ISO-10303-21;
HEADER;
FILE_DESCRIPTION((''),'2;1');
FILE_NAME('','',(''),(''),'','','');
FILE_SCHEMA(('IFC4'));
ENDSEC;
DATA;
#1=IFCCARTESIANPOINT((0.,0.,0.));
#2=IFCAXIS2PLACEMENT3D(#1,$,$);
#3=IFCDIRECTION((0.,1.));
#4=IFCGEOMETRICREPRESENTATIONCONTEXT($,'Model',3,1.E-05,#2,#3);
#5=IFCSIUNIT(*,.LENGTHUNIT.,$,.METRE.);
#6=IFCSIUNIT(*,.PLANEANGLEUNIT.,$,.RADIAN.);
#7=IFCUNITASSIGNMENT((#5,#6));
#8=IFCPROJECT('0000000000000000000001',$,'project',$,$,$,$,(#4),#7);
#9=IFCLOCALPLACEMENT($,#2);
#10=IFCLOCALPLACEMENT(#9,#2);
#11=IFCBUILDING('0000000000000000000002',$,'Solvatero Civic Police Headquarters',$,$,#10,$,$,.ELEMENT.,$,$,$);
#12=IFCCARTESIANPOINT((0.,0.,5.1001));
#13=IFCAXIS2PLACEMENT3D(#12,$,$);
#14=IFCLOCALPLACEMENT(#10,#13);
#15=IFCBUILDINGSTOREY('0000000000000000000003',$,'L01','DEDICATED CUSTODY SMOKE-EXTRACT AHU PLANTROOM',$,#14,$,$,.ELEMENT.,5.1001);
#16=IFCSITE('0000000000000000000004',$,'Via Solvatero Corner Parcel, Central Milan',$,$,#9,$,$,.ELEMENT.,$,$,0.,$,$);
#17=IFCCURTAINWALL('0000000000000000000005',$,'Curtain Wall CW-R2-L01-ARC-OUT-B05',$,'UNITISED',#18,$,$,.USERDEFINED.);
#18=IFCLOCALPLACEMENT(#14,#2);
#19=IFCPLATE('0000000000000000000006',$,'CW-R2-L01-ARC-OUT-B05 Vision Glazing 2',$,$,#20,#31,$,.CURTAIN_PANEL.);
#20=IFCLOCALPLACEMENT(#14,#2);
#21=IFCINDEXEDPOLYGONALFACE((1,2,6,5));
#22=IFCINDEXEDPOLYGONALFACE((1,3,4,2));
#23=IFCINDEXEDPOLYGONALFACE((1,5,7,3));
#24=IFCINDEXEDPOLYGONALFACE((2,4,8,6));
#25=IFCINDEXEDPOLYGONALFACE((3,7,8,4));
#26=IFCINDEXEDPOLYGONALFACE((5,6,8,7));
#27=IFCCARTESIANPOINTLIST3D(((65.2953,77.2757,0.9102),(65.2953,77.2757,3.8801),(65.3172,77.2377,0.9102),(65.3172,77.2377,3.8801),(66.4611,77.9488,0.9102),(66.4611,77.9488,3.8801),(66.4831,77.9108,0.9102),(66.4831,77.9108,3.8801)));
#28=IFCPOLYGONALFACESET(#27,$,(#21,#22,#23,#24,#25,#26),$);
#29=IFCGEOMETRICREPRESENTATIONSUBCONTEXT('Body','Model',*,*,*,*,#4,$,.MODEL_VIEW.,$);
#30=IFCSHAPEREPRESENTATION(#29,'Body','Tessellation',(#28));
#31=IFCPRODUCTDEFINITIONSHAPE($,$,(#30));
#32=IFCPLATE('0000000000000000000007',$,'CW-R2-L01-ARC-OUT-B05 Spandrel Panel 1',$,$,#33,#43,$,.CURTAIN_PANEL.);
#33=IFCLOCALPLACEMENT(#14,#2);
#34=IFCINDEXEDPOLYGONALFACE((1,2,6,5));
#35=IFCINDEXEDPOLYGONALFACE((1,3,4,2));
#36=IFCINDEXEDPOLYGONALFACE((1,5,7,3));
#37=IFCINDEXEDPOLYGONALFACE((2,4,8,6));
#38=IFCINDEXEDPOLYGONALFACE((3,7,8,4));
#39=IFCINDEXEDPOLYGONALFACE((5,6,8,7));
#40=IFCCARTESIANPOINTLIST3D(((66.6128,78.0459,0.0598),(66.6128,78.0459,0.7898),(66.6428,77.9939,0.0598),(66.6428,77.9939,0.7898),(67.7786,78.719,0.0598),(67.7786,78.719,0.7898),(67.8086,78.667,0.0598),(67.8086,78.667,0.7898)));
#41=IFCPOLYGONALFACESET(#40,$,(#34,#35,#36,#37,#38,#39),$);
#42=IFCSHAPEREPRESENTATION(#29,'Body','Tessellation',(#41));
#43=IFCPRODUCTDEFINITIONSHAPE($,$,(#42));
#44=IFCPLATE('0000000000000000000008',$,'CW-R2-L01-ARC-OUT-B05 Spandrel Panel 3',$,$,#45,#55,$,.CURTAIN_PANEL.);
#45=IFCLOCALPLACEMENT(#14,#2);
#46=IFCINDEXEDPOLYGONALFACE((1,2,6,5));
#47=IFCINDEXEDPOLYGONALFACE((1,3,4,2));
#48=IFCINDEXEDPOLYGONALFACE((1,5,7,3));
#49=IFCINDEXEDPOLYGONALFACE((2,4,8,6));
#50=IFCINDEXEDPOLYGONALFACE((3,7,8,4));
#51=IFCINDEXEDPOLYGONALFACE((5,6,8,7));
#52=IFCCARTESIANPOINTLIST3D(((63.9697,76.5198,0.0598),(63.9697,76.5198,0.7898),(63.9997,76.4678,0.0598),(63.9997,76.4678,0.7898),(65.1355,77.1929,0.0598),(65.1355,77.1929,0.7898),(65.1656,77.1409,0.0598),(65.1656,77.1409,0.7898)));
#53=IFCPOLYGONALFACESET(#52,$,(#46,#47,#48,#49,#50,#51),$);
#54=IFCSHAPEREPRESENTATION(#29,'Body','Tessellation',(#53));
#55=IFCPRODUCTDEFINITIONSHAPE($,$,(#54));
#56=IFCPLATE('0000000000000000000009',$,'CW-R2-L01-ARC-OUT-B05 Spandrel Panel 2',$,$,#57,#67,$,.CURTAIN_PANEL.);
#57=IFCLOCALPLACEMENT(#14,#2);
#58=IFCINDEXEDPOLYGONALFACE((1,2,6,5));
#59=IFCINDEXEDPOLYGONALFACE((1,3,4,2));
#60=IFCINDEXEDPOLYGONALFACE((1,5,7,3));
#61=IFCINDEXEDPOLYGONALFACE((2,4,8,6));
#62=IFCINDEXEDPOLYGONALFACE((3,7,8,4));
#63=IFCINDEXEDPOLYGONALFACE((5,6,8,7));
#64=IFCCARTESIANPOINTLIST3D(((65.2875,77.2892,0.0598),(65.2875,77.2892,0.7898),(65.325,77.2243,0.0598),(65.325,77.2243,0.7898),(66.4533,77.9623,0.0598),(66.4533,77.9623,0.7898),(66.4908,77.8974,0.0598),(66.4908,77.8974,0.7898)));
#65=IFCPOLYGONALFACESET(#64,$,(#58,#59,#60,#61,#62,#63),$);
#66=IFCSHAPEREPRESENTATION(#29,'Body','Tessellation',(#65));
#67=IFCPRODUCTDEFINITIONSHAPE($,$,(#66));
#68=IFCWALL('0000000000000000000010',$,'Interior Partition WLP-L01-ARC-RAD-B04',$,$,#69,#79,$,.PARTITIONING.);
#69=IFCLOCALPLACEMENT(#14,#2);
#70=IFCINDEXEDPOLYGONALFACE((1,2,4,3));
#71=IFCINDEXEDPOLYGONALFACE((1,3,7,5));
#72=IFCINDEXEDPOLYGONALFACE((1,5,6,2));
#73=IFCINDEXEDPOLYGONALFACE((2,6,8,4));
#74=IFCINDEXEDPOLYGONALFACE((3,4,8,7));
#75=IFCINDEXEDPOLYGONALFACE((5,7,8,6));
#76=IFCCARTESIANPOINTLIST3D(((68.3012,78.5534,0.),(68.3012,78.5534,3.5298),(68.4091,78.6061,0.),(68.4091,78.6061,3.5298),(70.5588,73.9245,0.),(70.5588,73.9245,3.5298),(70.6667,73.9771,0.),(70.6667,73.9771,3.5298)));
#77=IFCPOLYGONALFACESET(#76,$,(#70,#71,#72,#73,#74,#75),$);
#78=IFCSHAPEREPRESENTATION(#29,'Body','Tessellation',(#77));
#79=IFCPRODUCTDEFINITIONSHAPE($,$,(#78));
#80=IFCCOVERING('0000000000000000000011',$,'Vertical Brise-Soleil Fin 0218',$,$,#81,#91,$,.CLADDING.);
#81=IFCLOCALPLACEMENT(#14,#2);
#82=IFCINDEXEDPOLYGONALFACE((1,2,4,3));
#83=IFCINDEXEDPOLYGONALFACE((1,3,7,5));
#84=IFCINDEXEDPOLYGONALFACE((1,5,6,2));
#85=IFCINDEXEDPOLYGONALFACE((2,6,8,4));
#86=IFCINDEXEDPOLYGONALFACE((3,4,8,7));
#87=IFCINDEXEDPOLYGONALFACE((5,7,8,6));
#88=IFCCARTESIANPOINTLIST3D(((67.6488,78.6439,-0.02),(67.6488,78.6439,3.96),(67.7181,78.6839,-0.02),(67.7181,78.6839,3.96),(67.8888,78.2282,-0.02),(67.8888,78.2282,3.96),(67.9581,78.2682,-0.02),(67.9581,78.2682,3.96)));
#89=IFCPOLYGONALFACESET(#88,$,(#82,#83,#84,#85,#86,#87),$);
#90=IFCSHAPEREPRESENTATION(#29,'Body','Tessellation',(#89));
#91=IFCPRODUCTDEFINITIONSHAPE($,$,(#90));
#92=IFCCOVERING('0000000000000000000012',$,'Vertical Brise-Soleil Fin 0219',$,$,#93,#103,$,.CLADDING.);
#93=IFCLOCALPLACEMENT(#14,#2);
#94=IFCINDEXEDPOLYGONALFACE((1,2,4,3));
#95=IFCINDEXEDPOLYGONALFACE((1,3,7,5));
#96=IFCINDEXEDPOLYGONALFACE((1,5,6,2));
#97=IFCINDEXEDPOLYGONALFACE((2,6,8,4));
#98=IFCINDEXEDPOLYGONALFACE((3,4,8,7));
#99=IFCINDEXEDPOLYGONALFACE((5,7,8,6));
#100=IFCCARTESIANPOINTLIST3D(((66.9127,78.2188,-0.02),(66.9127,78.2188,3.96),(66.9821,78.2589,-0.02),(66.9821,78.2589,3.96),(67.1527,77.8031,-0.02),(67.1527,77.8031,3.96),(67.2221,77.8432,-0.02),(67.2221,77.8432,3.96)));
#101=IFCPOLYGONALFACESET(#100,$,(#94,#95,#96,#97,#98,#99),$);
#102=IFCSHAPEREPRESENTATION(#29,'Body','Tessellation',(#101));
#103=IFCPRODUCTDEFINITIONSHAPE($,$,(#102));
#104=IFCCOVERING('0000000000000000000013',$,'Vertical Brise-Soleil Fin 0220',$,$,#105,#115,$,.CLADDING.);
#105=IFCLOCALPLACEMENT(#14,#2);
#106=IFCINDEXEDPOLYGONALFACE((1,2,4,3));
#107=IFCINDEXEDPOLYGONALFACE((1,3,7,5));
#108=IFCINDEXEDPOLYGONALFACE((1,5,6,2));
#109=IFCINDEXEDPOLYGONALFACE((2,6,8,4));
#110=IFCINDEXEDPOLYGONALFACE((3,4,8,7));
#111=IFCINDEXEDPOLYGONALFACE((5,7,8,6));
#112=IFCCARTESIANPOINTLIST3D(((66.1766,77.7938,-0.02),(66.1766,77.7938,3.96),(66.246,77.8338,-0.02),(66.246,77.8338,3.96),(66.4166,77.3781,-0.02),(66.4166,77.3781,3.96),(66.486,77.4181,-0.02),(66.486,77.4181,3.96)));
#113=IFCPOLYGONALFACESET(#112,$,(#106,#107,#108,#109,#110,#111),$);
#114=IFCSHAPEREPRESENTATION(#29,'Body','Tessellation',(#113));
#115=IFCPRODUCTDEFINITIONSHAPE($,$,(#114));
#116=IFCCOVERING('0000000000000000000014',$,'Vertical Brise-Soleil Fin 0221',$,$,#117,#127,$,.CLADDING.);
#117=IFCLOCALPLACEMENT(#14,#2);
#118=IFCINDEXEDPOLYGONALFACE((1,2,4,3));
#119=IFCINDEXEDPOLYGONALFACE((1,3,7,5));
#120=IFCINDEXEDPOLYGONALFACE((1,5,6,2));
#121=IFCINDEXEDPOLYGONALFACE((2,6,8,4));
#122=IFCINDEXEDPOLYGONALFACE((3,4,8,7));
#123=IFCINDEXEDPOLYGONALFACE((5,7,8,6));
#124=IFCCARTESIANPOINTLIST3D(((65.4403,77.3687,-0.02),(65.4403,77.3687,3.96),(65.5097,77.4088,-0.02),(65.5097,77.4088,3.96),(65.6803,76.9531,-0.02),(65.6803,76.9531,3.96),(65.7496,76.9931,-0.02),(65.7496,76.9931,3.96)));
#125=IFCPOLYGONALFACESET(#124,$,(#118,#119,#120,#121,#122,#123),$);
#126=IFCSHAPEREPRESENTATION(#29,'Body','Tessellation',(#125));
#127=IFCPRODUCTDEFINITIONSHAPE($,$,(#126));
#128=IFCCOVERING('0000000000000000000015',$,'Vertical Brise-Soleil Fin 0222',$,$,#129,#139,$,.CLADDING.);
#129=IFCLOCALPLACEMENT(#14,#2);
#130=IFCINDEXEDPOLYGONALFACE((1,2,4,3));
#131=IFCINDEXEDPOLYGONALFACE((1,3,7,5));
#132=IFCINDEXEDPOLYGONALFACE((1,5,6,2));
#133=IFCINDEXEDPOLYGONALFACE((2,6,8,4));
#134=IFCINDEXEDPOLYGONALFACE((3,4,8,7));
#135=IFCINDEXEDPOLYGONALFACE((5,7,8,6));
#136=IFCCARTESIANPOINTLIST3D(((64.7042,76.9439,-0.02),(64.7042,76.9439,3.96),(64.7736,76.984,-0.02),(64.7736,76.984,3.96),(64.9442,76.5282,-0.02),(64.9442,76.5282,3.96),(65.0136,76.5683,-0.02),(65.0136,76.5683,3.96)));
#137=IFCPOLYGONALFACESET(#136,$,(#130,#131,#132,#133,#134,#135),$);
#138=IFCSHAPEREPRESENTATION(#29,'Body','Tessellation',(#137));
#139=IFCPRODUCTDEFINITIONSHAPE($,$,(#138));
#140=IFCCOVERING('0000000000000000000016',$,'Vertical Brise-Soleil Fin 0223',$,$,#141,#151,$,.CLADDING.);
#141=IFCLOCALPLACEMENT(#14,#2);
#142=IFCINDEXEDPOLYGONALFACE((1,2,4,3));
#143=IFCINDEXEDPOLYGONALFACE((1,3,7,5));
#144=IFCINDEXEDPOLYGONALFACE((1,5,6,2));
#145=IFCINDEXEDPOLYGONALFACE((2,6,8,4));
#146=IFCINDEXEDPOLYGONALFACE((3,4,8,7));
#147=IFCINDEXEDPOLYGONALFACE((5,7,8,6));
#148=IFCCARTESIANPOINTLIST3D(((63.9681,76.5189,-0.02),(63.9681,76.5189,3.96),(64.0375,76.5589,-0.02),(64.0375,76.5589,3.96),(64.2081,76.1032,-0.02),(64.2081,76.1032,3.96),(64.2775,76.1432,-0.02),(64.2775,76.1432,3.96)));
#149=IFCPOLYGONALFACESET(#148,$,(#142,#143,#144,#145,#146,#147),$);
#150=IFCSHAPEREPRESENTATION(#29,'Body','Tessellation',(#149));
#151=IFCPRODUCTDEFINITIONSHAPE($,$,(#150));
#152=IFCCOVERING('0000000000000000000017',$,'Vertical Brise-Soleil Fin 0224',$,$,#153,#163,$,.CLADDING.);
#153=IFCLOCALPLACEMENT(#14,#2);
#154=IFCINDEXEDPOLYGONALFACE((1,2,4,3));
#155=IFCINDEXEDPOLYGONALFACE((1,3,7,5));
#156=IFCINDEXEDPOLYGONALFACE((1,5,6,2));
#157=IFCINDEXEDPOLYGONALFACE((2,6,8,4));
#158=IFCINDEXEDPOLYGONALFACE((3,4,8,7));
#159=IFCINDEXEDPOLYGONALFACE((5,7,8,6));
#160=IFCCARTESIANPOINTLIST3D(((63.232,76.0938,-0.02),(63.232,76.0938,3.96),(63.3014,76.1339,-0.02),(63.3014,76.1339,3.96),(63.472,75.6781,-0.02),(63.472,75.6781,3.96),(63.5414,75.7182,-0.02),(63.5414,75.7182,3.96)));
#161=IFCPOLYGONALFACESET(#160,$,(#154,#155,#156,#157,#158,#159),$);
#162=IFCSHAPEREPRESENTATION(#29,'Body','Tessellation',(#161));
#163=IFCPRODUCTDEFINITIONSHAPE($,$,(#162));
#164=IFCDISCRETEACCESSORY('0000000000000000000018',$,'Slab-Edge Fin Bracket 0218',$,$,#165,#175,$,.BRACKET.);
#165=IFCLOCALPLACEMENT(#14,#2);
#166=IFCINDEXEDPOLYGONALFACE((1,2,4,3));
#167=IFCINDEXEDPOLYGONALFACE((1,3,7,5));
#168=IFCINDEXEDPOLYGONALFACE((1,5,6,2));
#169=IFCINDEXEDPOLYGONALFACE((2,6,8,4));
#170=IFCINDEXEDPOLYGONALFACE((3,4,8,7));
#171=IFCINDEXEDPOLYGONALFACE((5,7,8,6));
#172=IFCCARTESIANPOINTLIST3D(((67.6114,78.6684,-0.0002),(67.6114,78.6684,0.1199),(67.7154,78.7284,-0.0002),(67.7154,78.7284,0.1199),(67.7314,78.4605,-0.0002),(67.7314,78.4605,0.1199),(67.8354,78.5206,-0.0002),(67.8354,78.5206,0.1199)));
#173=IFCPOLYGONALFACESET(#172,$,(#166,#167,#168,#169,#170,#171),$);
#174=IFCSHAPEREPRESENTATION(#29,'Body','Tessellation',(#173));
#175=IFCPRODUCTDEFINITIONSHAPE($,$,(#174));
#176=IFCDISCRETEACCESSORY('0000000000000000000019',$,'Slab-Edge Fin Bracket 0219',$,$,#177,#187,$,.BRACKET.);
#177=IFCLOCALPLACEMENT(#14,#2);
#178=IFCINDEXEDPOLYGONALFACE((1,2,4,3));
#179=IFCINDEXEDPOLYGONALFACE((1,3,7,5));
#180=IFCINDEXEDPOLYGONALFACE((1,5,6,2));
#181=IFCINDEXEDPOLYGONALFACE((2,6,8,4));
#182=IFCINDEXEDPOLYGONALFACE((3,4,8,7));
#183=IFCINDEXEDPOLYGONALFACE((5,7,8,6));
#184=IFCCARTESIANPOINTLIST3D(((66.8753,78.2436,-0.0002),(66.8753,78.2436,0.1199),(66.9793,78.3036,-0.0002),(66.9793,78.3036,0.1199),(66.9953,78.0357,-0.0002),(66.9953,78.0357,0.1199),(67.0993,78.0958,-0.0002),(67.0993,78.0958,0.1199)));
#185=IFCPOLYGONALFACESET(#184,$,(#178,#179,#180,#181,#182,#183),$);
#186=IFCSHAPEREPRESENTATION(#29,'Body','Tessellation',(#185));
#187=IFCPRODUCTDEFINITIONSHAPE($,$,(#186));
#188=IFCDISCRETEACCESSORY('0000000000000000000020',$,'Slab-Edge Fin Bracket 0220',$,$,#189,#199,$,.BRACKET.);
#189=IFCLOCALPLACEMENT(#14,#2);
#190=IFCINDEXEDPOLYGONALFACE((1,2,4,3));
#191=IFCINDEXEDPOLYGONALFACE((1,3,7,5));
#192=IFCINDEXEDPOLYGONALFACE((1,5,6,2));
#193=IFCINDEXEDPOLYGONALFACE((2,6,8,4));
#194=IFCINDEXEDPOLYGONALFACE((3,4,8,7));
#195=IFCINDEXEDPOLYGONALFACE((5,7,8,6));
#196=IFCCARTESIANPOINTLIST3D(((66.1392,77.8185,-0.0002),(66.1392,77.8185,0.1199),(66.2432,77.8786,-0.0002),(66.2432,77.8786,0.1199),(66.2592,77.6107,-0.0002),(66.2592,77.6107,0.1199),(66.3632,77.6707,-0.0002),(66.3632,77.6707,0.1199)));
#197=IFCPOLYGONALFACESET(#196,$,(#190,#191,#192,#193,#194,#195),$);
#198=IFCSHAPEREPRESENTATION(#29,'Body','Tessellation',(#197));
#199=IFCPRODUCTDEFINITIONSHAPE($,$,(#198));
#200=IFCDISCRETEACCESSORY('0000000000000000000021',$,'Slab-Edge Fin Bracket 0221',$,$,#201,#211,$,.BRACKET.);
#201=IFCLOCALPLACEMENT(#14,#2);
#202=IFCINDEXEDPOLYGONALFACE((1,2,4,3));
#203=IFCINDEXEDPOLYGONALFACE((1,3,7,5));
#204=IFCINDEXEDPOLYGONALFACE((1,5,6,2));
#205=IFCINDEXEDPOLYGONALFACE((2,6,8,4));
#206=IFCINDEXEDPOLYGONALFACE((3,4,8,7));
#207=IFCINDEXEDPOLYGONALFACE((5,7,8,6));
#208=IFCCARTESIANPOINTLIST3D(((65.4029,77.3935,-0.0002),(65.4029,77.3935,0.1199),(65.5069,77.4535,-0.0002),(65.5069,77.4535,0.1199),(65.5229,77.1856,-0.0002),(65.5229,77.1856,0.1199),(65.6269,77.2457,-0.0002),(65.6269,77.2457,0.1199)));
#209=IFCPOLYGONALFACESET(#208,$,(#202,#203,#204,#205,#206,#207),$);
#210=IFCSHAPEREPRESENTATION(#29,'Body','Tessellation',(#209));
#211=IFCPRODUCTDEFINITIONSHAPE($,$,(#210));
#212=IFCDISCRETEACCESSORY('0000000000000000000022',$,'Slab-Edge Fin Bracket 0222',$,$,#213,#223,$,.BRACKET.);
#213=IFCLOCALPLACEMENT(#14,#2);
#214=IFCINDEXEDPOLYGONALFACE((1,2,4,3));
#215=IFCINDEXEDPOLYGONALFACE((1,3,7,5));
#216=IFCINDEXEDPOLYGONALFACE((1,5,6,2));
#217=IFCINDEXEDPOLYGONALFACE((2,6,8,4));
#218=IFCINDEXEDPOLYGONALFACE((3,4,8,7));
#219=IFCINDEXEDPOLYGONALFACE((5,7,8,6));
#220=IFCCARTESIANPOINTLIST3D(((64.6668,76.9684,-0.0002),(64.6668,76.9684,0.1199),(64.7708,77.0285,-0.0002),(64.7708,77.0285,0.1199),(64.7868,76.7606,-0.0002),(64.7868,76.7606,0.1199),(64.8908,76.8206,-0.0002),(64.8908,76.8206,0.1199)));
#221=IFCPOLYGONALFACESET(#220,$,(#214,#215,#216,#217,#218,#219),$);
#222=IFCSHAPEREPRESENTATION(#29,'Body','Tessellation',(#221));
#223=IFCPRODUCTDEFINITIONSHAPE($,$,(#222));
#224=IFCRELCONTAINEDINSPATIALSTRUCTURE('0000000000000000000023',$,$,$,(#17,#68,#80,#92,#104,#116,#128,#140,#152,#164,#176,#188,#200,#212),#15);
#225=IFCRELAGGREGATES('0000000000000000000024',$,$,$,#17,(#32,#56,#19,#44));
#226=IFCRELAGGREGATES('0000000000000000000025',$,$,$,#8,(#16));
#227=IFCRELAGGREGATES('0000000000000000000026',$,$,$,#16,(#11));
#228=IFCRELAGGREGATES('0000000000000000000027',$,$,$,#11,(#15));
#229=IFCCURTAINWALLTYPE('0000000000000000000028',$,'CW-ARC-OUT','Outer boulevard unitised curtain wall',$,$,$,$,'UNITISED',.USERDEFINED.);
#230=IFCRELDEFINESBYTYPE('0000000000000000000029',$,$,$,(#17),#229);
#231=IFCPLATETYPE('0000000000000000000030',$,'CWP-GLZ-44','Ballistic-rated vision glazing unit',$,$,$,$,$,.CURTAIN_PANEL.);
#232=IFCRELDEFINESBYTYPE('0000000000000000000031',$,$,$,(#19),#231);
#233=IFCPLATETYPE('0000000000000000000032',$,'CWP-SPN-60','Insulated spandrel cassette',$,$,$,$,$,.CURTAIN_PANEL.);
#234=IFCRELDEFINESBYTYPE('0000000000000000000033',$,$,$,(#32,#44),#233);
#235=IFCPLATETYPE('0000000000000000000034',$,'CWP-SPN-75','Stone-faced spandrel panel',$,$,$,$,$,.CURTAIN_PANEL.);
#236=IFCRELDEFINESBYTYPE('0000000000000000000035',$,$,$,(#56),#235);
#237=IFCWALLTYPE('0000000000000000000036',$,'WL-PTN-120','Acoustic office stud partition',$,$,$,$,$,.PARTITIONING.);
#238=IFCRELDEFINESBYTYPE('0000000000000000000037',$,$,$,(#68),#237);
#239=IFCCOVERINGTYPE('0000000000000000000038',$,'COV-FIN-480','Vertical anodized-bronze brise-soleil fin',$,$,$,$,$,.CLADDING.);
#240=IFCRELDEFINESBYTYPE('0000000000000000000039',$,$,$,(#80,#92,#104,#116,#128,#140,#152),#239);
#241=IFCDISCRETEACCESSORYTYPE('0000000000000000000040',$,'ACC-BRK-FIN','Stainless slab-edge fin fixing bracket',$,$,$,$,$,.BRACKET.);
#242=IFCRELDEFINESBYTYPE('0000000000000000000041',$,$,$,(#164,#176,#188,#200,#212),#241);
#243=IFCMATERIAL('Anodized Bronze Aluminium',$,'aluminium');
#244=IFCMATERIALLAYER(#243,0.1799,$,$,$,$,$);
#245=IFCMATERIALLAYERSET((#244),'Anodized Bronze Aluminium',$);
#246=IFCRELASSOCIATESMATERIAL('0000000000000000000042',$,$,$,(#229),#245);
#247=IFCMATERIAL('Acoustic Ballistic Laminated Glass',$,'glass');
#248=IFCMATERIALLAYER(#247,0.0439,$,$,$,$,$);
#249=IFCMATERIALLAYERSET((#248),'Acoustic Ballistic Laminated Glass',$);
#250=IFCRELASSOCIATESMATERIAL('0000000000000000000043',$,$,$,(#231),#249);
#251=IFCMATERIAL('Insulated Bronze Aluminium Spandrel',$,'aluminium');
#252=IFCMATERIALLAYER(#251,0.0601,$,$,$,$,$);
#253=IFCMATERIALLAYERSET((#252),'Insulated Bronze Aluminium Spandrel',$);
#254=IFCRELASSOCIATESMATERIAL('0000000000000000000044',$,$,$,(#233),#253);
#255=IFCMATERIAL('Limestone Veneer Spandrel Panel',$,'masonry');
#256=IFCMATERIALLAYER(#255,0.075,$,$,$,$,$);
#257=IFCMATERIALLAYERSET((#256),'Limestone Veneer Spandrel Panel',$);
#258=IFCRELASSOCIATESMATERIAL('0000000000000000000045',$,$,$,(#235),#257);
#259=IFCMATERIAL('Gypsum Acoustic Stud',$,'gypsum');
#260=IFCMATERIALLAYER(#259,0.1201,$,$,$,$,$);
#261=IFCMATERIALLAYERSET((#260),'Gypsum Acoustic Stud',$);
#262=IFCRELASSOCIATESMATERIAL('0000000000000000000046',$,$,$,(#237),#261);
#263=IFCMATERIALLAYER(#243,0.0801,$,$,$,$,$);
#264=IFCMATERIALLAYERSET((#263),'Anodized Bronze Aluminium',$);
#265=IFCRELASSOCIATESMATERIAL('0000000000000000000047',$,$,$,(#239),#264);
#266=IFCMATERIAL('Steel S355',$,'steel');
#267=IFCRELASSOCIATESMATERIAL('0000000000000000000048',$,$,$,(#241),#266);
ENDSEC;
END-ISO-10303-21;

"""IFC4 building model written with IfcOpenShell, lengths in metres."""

from ifc_helpers import new_model, si_unit, direction, frame, frame_2d, origin, origin_2d, place, context, subcontext, project, spatial, rectangle, extrude, material, layer, layer_set, type_object, element, aggregate, save


model = new_model("IFC4")

# Units and contexts
model_context = context("Model", 3, precision=1e-05, world=origin(), true_north=direction((0.0, 1.0)))
body_context = subcontext(model_context, "Body", "Model", "MODEL_VIEW")
ifc_project = project(units=[si_unit("LENGTHUNIT", "METRE"), si_unit("PLANEANGLEUNIT", "RADIAN")], contexts=[model_context])

# Site, building, storey
site_placement = place(None, origin())
site = spatial("IfcSite", under=ifc_project, at=site_placement, Name="Via Solvatero Corner Parcel, Central Milan", CompositionType="ELEMENT", RefElevation=0.0)
building_placement = place(site_placement, origin())
building = spatial("IfcBuilding", under=site, at=building_placement, Name="Solvatero Civic Police Headquarters", CompositionType="ELEMENT")
storey_placement = place(building_placement, frame((0.0, 0.0, 5.1001)))
storey = spatial("IfcBuildingStorey", under=building, at=storey_placement, Name="L01", Description="DEDICATED CUSTODY SMOKE-EXTRACT AHU PLANTROOM", CompositionType="ELEMENT", Elevation=5.1001)

# Shared definitions
ifc_material_1 = material(Name="Steel S355", Category="steel")

# Curtain wall, plates
ifc_material_2 = material(Name="Anodized Bronze Aluminium", Category="aluminium")
ifc_layer_1 = layer(ifc_material_2, 0.1799)
ifc_layer_set_1 = layer_set([ifc_layer_1], Name="Anodized Bronze Aluminium")
curtain_wall_type = type_object("IfcCurtainWallType", Name="CW-ARC-OUT", Description="Outer boulevard unitised curtain wall", ElementType="UNITISED", PredefinedType="USERDEFINED", material=ifc_layer_set_1)
curtain_wall_placement = place(storey_placement, origin())
curtain_wall = element("IfcCurtainWall", 1, at=curtain_wall_placement, inside=storey, type_object=curtain_wall_type, Name="Curtain Wall CW-R2-L01-ARC-OUT-B05", ObjectType="UNITISED", PredefinedType="USERDEFINED")
ifc_material_3 = material(Name="Acoustic Ballistic Laminated Glass", Category="glass")
ifc_layer_2 = layer(ifc_material_3, 0.0439)
ifc_layer_set_2 = layer_set([ifc_layer_2], Name="Acoustic Ballistic Laminated Glass")
plate_type_1 = type_object("IfcPlateType", Name="CWP-GLZ-44", Description="Ballistic-rated vision glazing unit", PredefinedType="CURTAIN_PANEL", material=ifc_layer_set_2)
plate_1_placement = place(storey_placement, frame((65.8892, 77.5933, 0.9102), z_axis=(0.0, 0.0, 1.0), x_axis=(-0.866025, -0.5, 0.0)))
plate_1 = element("IfcPlate", 2, at=plate_1_placement, type_object=plate_type_1, Name="CW-R2-L01-ARC-OUT-B05 Vision Glazing 2", PredefinedType="CURTAIN_PANEL", context=body_context, shape_type="SweptSolid", body=[
    extrude(rectangle(XDim=1.3462, YDim=0.0439, at=origin_2d()), origin(), (0.0, 0.0, 1.0), 2.97),
])
ifc_material_4 = material(Name="Insulated Bronze Aluminium Spandrel", Category="aluminium")
ifc_layer_3 = layer(ifc_material_4, 0.0601)
ifc_layer_set_3 = layer_set([ifc_layer_3], Name="Insulated Bronze Aluminium Spandrel")
plate_type_2 = type_object("IfcPlateType", Name="CWP-SPN-60", Description="Insulated spandrel cassette", PredefinedType="CURTAIN_PANEL", material=ifc_layer_set_3)
plate_2_placement = place(storey_placement, frame((67.2107, 78.3564, 0.0598), z_axis=(0.0, 0.0, 1.0), x_axis=(-0.866025, -0.5, 0.0)))
plate_2 = element("IfcPlate", 3, at=plate_2_placement, type_object=plate_type_2, Name="CW-R2-L01-ARC-OUT-B05 Spandrel Panel 1", PredefinedType="CURTAIN_PANEL", context=body_context, shape_type="SweptSolid", body=[
    extrude(rectangle(XDim=1.3462, YDim=0.0601, at=origin_2d()), origin(), (0.0, 0.0, 1.0), 0.73),
])
plate_3_placement = place(storey_placement, frame((64.5676, 76.8303, 0.0598), z_axis=(0.0, 0.0, 1.0), x_axis=(-0.866025, -0.5, 0.0)))
plate_3 = element("IfcPlate", 4, at=plate_3_placement, type_object=plate_type_2, Name="CW-R2-L01-ARC-OUT-B05 Spandrel Panel 3", PredefinedType="CURTAIN_PANEL", context=body_context, shape_type="SweptSolid", body=[
    extrude(rectangle(XDim=1.3462, YDim=0.0601, at=origin_2d()), origin(), (0.0, 0.0, 1.0), 0.73),
])
ifc_material_5 = material(Name="Limestone Veneer Spandrel Panel", Category="masonry")
ifc_layer_4 = layer(ifc_material_5, 0.075)
ifc_layer_set_4 = layer_set([ifc_layer_4], Name="Limestone Veneer Spandrel Panel")
plate_type_3 = type_object("IfcPlateType", Name="CWP-SPN-75", Description="Stone-faced spandrel panel", PredefinedType="CURTAIN_PANEL", material=ifc_layer_set_4)
plate_4_placement = place(storey_placement, frame((65.8892, 77.5933, 0.0598), z_axis=(0.0, 0.0, 1.0), x_axis=(-0.866025, -0.5, 0.0)))
plate_4 = element("IfcPlate", 5, at=plate_4_placement, type_object=plate_type_3, Name="CW-R2-L01-ARC-OUT-B05 Spandrel Panel 2", PredefinedType="CURTAIN_PANEL", context=body_context, shape_type="SweptSolid", body=[
    extrude(rectangle(XDim=1.3462, YDim=0.075, at=origin_2d()), origin(), (0.0, 0.0, 1.0), 0.73),
])
aggregate(curtain_wall, [plate_2, plate_4, plate_1, plate_3])

# Wall
ifc_material_6 = material(Name="Gypsum Acoustic Stud", Category="gypsum")
ifc_layer_5 = layer(ifc_material_6, 0.1201)
ifc_layer_set_5 = layer_set([ifc_layer_5], Name="Gypsum Acoustic Stud")
wall_type = type_object("IfcWallType", Name="WL-PTN-120", Description="Acoustic office stud partition", PredefinedType="PARTITIONING", material=ifc_layer_set_5)
wall_placement = place(storey_placement, frame((70.6128, 73.9507, 0.0), z_axis=(0.0, 0.0, 1.0), x_axis=(-0.438355, 0.898802, 0.0)))
element("IfcWall", 6, at=wall_placement, inside=storey, type_object=wall_type, Name="Interior Partition WLP-L01-ARC-RAD-B04", PredefinedType="PARTITIONING", context=body_context, shape_type="SweptSolid", body=[
    extrude(rectangle(XDim=5.1501, YDim=0.1201, at=frame_2d((2.5752, 0.0))), origin(), (0.0, 0.0, 1.0), 3.5298),
])

# Coverings
ifc_layer_6 = layer(ifc_material_2, 0.0801)
ifc_layer_set_6 = layer_set([ifc_layer_6], Name="Anodized Bronze Aluminium")
covering_type = type_object("IfcCoveringType", Name="COV-FIN-480", Description="Vertical anodized-bronze brise-soleil fin", PredefinedType="CLADDING", material=ifc_layer_set_6)
for number, where, z_axis, x_axis, name in (
    (7, (67.8035, 78.4561, -0.02), (0.0, 0.0, 1.0), (-0.866025, -0.5, 0.0), "Vertical Brise-Soleil Fin 0218"),
    (8, (67.0674, 78.031, -0.02), (0.0, 0.0, 1.0), (-0.866025, -0.5, 0.0), "Vertical Brise-Soleil Fin 0219"),
    (9, (66.3313, 77.606, -0.02), (0.0, 0.0, 1.0), (-0.866025, -0.5, 0.0), "Vertical Brise-Soleil Fin 0220"),
    (10, (65.595, 77.1809, -0.02), (0.0, 0.0, 1.0), (-0.866025, -0.5, 0.0), "Vertical Brise-Soleil Fin 0221"),
    (11, (64.8589, 76.7561, -0.02), (0.0, 0.0, 1.0), (-0.866025, -0.5, 0.0), "Vertical Brise-Soleil Fin 0222"),
    (12, (64.1228, 76.3311, -0.02), (0.0, 0.0, 1.0), (-0.866025, -0.5, 0.0), "Vertical Brise-Soleil Fin 0223"),
    (13, (63.3867, 75.906, -0.02), (0.0, 0.0, 1.0), (-0.866025, -0.5, 0.0), "Vertical Brise-Soleil Fin 0224"),
):
    element("IfcCovering", number, at=place(storey_placement, frame(where, z_axis=z_axis, x_axis=x_axis)), inside=storey, type_object=covering_type, Name=name, PredefinedType="CLADDING", context=body_context, shape_type="SweptSolid", body=[
        extrude(rectangle(XDim=0.0801, YDim=0.48, at=origin_2d()), origin(), (0.0, 0.0, 1.0), 3.98),
    ])

# Discrete accessories
discrete_accessory_type = type_object("IfcDiscreteAccessoryType", Name="ACC-BRK-FIN", Description="Stainless slab-edge fin fixing bracket", PredefinedType="BRACKET", material=ifc_material_1)
for number, where, z_axis, x_axis, name in (
    (14, (67.7234, 78.5945, -0.0002), (0.0, 0.0, 1.0), (-0.866025, -0.5, 0.0), "Slab-Edge Fin Bracket 0218"),
    (15, (66.9873, 78.1697, -0.0002), (0.0, 0.0, 1.0), (-0.866025, -0.5, 0.0), "Slab-Edge Fin Bracket 0219"),
    (16, (66.2512, 77.7446, -0.0002), (0.0, 0.0, 1.0), (-0.866025, -0.5, 0.0), "Slab-Edge Fin Bracket 0220"),
    (17, (65.5149, 77.3196, -0.0002), (0.0, 0.0, 1.0), (-0.866025, -0.5, 0.0), "Slab-Edge Fin Bracket 0221"),
    (18, (64.7788, 76.8945, -0.0002), (0.0, 0.0, 1.0), (-0.866025, -0.5, 0.0), "Slab-Edge Fin Bracket 0222"),
):
    element("IfcDiscreteAccessory", number, at=place(storey_placement, frame(where, z_axis=z_axis, x_axis=x_axis)), inside=storey, type_object=discrete_accessory_type, Name=name, PredefinedType="BRACKET", context=body_context, shape_type="SweptSolid", body=[
        extrude(rectangle(XDim=0.1201, YDim=0.24, at=origin_2d()), origin(), (0.0, 0.0, 1.0), 0.1201),
    ])

save(model, "model.ifc")
